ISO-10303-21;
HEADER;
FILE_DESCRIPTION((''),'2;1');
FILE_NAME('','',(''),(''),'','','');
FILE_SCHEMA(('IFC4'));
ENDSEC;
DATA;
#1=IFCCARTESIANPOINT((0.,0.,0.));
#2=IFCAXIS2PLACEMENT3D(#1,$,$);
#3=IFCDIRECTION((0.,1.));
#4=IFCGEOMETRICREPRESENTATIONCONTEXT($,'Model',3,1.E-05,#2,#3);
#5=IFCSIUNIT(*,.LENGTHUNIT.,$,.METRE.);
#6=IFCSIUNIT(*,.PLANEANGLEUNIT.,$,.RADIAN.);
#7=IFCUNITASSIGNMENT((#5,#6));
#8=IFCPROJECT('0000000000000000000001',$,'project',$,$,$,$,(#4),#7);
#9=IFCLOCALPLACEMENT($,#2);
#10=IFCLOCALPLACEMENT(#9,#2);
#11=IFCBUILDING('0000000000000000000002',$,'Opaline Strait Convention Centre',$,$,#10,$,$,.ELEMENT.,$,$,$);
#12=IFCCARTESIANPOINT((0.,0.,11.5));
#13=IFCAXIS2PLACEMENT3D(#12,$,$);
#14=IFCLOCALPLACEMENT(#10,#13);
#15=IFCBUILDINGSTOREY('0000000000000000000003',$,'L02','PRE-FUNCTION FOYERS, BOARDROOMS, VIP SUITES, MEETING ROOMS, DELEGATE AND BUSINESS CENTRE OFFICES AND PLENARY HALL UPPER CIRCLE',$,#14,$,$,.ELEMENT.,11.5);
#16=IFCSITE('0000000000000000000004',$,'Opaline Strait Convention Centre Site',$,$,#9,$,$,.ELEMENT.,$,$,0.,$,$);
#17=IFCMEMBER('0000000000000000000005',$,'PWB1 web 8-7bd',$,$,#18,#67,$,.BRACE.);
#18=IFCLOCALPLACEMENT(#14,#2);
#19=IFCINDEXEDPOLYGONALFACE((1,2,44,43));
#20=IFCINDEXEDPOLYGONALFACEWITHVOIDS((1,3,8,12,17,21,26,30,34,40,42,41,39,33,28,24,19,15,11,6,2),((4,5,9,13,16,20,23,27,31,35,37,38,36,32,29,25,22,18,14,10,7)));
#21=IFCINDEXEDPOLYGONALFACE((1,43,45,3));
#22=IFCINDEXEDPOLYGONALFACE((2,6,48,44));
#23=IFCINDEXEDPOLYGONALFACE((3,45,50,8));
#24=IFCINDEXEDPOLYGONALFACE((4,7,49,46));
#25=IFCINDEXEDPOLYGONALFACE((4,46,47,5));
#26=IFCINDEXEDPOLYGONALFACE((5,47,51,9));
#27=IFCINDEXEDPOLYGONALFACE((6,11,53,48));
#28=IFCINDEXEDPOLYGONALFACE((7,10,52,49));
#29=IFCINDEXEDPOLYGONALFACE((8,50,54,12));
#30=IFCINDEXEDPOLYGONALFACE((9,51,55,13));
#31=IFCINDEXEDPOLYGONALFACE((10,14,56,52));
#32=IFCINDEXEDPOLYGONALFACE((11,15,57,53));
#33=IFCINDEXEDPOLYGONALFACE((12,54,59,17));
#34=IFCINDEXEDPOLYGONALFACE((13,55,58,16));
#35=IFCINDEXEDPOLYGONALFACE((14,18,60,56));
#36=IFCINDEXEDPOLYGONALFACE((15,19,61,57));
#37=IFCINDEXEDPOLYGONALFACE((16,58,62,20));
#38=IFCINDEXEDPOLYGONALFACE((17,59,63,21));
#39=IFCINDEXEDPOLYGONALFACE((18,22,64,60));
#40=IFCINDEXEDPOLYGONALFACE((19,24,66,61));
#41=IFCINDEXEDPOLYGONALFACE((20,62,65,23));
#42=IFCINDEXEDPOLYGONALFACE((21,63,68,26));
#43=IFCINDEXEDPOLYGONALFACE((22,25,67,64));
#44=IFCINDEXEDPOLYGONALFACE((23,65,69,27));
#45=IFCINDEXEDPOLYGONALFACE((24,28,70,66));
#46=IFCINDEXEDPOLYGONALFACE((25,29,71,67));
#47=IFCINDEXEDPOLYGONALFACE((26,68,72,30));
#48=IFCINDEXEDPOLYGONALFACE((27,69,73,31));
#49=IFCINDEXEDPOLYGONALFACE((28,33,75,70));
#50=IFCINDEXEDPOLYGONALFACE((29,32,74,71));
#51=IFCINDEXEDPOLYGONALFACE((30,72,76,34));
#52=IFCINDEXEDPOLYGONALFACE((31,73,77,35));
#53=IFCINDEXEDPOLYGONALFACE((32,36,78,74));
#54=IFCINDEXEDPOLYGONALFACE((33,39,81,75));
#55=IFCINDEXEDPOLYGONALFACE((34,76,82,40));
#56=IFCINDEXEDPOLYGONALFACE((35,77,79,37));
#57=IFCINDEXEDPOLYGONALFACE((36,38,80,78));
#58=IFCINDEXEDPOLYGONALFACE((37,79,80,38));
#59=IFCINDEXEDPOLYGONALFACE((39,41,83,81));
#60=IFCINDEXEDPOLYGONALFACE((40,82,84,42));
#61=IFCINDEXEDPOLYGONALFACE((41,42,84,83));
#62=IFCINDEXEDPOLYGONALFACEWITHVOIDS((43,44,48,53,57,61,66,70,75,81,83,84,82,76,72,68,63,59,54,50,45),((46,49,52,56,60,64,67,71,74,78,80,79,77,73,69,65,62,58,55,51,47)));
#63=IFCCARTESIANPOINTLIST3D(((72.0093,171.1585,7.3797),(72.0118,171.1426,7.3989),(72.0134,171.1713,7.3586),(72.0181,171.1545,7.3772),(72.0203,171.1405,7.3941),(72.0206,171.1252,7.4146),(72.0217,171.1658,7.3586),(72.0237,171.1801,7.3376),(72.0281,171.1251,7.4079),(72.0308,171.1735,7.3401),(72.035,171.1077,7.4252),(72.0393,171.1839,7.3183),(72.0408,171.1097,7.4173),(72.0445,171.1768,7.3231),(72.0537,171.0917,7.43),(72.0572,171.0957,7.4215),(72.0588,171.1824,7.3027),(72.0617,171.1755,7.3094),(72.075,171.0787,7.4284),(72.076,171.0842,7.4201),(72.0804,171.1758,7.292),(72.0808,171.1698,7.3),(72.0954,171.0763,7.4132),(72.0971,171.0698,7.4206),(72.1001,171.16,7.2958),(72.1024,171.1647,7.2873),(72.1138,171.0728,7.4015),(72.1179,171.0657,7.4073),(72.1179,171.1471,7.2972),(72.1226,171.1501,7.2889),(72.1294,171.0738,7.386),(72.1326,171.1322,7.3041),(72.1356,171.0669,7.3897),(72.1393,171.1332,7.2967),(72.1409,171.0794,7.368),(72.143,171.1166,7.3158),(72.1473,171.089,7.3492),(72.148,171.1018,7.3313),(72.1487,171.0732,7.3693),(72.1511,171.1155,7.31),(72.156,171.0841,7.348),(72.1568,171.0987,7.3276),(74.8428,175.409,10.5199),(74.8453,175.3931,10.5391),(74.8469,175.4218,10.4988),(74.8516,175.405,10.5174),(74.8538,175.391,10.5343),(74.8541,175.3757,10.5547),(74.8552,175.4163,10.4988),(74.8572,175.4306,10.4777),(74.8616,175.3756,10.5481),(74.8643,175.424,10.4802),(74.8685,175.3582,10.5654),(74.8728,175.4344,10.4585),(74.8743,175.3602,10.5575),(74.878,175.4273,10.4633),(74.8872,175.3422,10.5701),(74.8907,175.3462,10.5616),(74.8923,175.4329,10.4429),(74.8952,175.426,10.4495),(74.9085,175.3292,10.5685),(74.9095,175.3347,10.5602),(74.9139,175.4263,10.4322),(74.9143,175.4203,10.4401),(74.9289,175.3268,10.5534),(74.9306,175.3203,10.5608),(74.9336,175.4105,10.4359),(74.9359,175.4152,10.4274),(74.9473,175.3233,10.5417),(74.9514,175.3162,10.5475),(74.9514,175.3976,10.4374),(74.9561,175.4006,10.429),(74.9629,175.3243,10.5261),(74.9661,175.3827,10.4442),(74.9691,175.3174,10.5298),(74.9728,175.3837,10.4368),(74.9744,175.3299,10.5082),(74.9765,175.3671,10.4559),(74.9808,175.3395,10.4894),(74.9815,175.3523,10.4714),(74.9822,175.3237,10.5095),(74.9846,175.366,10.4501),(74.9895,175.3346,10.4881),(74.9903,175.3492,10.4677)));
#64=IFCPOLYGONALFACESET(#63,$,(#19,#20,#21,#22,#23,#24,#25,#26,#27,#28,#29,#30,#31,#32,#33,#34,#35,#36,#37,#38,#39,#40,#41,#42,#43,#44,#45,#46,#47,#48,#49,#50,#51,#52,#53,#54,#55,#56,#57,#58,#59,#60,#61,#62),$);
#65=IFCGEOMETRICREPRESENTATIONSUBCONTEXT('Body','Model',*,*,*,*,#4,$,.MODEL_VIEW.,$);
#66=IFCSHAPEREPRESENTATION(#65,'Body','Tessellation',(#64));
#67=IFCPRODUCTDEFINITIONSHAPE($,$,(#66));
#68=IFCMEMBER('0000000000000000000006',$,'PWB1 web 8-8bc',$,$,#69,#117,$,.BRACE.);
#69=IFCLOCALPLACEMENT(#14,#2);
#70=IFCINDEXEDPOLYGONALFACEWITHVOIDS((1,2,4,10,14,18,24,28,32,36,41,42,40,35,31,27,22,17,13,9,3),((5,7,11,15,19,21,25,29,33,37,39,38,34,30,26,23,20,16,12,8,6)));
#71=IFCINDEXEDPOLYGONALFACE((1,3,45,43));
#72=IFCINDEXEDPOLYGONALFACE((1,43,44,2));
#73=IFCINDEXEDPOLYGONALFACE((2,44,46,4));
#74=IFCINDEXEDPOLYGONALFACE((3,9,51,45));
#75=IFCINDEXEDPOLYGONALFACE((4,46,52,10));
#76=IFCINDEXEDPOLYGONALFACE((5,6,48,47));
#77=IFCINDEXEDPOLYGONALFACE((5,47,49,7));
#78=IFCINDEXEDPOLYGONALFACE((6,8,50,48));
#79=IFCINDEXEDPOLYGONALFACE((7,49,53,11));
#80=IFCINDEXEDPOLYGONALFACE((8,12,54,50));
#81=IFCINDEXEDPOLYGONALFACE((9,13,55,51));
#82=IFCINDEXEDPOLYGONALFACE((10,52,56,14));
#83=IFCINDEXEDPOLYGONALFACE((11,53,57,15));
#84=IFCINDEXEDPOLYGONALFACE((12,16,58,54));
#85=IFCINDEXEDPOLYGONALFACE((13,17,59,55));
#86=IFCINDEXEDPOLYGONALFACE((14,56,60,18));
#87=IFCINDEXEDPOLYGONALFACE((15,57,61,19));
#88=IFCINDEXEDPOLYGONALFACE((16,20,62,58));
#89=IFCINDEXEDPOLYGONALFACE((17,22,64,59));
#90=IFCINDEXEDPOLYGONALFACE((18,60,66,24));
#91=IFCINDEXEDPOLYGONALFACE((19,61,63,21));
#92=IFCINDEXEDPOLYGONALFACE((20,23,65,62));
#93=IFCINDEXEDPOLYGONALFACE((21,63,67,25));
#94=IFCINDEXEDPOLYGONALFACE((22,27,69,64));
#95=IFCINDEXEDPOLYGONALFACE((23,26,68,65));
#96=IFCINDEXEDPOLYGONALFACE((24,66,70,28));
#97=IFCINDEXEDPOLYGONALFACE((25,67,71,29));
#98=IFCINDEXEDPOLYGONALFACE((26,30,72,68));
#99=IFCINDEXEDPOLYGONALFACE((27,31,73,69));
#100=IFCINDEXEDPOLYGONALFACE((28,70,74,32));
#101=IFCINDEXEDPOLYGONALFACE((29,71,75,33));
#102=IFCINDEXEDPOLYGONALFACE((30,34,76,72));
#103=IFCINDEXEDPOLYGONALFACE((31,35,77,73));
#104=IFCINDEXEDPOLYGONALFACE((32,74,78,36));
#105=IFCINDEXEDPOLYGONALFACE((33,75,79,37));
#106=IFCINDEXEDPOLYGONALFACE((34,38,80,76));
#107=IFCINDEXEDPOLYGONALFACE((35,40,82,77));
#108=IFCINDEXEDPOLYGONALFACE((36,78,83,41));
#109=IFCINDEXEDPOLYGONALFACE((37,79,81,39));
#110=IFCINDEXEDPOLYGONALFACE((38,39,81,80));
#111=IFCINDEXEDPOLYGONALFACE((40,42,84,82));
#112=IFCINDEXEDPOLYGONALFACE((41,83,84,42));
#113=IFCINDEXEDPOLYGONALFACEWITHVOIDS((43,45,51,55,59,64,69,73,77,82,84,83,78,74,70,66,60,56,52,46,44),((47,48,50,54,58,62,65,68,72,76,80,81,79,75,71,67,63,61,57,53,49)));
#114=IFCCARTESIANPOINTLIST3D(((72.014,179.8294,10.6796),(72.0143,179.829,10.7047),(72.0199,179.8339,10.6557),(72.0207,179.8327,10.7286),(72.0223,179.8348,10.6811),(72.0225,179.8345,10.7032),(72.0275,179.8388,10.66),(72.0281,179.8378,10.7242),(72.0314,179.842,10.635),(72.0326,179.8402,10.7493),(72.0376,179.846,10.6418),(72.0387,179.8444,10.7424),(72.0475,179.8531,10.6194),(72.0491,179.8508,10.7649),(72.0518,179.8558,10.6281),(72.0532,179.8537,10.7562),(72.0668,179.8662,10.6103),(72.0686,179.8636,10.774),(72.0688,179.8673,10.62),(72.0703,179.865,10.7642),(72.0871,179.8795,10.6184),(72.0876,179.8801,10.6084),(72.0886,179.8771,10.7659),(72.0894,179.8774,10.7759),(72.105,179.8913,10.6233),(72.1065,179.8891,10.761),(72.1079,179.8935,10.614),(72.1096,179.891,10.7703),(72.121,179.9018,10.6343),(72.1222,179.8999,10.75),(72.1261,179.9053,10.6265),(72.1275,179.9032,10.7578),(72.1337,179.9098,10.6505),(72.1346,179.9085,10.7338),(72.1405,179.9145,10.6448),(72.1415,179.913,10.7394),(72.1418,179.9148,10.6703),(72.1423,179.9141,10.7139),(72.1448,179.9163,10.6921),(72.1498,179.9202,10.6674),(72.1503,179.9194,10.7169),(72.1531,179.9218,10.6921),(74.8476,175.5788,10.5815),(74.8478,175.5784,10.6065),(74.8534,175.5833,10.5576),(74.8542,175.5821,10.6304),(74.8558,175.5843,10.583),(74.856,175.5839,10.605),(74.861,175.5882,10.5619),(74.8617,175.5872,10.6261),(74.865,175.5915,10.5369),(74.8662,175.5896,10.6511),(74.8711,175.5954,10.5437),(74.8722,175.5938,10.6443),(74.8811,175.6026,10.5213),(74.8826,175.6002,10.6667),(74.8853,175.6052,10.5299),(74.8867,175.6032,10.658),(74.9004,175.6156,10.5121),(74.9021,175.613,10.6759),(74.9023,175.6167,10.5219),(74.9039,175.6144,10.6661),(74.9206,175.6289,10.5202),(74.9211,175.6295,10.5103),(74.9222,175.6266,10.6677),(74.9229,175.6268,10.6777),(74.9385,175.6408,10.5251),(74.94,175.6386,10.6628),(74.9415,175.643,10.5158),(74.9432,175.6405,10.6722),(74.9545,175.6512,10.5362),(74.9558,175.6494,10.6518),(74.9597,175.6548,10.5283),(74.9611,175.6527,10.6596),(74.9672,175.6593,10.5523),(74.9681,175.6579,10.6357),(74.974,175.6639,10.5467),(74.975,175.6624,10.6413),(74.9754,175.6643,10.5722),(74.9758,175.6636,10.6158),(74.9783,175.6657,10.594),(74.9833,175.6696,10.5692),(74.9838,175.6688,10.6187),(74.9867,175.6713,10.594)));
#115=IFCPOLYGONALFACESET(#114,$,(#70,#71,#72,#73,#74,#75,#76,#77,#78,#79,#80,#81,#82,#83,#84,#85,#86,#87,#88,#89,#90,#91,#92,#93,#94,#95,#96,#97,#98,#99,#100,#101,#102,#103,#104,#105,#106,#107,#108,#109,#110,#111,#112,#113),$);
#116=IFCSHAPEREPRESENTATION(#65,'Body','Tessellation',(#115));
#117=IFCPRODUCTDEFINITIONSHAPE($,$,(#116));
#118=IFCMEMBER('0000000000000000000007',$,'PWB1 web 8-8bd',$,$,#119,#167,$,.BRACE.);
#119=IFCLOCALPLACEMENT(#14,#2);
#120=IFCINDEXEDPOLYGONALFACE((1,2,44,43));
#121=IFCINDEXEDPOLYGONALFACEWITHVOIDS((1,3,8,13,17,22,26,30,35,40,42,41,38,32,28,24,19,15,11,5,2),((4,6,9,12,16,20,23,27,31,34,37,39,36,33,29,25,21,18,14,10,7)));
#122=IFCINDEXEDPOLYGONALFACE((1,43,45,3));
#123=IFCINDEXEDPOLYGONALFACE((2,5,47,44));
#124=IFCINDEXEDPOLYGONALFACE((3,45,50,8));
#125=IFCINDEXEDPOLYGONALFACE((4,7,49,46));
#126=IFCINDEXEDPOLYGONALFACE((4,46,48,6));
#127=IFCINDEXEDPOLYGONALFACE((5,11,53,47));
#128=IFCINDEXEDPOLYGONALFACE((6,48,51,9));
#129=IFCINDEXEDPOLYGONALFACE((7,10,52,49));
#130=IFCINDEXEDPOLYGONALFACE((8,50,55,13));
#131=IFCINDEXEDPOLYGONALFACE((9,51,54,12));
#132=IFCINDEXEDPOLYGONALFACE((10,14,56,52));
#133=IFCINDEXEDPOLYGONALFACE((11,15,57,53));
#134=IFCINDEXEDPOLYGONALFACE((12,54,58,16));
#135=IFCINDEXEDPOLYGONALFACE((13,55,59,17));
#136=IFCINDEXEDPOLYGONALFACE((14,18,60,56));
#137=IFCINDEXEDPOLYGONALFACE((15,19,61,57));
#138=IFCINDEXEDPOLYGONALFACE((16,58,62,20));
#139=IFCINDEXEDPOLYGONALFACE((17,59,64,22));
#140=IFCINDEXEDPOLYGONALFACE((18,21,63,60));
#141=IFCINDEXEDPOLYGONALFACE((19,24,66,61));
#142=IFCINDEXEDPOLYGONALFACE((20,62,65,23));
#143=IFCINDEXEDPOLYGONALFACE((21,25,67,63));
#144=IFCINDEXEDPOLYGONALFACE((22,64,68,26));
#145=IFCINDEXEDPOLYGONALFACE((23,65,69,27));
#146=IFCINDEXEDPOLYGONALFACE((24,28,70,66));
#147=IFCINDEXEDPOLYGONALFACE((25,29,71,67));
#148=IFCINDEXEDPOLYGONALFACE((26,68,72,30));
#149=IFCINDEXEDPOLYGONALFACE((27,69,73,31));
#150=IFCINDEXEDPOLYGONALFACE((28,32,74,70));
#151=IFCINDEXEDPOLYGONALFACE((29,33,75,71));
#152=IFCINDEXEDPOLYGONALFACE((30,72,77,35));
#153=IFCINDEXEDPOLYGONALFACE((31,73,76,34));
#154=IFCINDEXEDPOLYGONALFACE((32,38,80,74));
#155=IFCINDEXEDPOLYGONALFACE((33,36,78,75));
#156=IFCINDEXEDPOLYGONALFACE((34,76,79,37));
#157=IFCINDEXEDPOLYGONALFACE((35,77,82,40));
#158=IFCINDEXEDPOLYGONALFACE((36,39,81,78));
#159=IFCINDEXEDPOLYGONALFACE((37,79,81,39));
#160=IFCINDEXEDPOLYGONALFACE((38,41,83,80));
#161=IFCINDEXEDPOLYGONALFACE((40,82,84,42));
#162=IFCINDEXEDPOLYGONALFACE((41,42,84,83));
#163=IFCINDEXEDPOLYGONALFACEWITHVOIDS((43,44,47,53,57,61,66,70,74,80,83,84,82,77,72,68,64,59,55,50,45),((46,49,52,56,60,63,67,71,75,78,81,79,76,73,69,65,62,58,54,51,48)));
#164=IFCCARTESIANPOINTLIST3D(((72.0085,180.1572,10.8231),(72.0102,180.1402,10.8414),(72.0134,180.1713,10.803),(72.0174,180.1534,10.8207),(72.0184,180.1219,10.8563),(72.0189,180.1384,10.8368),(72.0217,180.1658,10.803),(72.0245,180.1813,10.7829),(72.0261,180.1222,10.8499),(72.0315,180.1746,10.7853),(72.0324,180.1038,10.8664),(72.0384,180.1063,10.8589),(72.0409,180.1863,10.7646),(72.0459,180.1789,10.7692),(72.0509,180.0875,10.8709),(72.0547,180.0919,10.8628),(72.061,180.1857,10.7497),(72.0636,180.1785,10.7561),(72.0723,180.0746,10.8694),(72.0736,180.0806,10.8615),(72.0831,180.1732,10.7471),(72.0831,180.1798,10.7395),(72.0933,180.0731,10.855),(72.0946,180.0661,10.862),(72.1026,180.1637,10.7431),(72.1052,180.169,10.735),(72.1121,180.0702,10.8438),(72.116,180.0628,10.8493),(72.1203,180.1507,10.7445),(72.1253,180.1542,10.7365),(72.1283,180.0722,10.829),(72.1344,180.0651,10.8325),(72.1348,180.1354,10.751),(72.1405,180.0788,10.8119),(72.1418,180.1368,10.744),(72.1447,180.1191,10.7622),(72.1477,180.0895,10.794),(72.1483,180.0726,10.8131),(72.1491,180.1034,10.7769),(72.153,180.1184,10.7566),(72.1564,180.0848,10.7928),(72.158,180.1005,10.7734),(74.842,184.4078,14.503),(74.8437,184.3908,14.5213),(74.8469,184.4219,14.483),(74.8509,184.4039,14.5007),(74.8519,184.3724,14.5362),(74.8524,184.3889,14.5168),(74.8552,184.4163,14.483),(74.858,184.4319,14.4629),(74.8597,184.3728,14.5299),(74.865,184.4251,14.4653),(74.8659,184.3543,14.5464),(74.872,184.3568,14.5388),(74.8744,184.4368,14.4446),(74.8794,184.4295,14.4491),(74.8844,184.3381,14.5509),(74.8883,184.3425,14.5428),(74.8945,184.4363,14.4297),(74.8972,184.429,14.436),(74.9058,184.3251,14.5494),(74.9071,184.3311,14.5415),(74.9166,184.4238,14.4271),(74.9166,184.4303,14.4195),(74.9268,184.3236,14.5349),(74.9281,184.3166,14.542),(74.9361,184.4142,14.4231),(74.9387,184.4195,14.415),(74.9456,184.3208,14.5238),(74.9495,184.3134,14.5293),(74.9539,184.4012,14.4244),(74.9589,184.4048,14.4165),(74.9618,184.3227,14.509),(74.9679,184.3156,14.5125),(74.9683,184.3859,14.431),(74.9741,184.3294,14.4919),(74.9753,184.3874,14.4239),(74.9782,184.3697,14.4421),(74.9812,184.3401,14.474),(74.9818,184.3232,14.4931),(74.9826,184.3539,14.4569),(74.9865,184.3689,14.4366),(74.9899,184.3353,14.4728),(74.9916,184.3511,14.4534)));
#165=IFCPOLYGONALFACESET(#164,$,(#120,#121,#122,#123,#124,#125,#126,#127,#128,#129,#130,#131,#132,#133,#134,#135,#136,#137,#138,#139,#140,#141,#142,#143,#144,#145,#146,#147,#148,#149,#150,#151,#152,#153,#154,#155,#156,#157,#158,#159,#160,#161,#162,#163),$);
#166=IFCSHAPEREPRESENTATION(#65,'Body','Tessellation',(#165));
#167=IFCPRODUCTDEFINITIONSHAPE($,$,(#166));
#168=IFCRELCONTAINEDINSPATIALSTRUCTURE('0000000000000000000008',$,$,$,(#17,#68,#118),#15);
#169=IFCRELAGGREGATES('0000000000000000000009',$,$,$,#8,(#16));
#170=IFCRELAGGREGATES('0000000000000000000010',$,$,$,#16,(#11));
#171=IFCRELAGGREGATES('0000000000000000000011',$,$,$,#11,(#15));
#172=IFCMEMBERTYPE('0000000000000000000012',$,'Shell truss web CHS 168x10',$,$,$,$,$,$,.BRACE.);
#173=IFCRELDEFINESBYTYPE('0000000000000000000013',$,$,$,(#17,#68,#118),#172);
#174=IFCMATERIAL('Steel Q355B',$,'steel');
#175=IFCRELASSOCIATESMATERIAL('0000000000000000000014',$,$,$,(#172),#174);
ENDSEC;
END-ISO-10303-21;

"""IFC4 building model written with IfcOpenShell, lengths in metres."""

from ifc_helpers import new_model, si_unit, direction, frame, origin, origin_2d, place, context, subcontext, project, spatial, hollow_circle, extrude, material, material_profile, profile_set, type_object, element, save


model = new_model("IFC4")

# Units and contexts
model_context = context("Model", 3, precision=1e-05, world=origin(), true_north=direction((0.0, 1.0)))
body_context = subcontext(model_context, "Body", "Model", "MODEL_VIEW")
ifc_project = project(units=[si_unit("LENGTHUNIT", "METRE"), si_unit("PLANEANGLEUNIT", "RADIAN")], contexts=[model_context])

# Site, building, storey
site_placement = place(None, origin())
site = spatial("IfcSite", under=ifc_project, at=site_placement, Name="Opaline Strait Convention Centre Site", CompositionType="ELEMENT", RefElevation=0.0)
building_placement = place(site_placement, origin())
building = spatial("IfcBuilding", under=site, at=building_placement, Name="Opaline Strait Convention Centre", CompositionType="ELEMENT")
storey_placement = place(building_placement, frame((0.0, 0.0, 11.5)))
storey = spatial("IfcBuildingStorey", under=building, at=storey_placement, Name="L02", Description="PRE-FUNCTION FOYERS, BOARDROOMS, VIP SUITES, MEETING ROOMS, DELEGATE AND BUSINESS CENTRE OFFICES AND PLENARY HALL UPPER CIRCLE", CompositionType="ELEMENT", Elevation=11.5)

# Members
ifc_material_1 = material(Name="Steel Q355B", Category="steel")
ifc_material_profile_1 = material_profile(ifc_material_1, hollow_circle(Radius=0.084, WallThickness=0.01, at=origin_2d()), Name="CHS 168x10")
ifc_profile_set_1 = profile_set([ifc_material_profile_1], Name="Steel Q355B")
member_type_1 = type_object("IfcMemberType", Name="Shell truss web CHS 168x10", PredefinedType="BRACE", material=ifc_profile_set_1)
member_1_placement = place(storey_placement, frame((72.0833, 171.1248, 7.3586), z_axis=(0.472539, 0.70885, 0.523678), x_axis=(-0.832065, 0.554678, 0.0)))
element("IfcMember", 1, at=member_1_placement, inside=storey, type_object=member_type_1, Name="PWB1 web 8-7bd", PredefinedType="BRACE", context=body_context, shape_type="SweptSolid", body=[
    extrude(hollow_circle(Radius=0.084, WallThickness=0.01, at=origin_2d()), origin(), (0.0, 0.0, 1.0), 5.9963),
])
member_2_placement = place(storey_placement, frame((72.0833, 179.8752, 10.6921), z_axis=(0.554576, -0.831911, -0.019209), x_axis=(0.832065, 0.554678, 0.0)))
element("IfcMember", 2, at=member_2_placement, inside=storey, type_object=member_type_1, Name="PWB1 web 8-8bc", PredefinedType="BRACE", context=body_context, shape_type="SweptSolid", body=[
    extrude(hollow_circle(Radius=0.084, WallThickness=0.01, at=origin_2d()), origin(), (0.0, 0.0, 1.0), 5.1094),
])
member_3_placement = place(storey_placement, frame((72.0833, 180.1248, 10.803), z_axis=(0.45006, 0.675129, 0.584505), x_axis=(-0.832065, 0.554678, 0.0)))
element("IfcMember", 3, at=member_3_placement, inside=storey, type_object=member_type_1, Name="PWB1 web 8-8bd", PredefinedType="BRACE", context=body_context, shape_type="SweptSolid", body=[
    extrude(hollow_circle(Radius=0.084, WallThickness=0.01, at=origin_2d()), origin(), (0.0, 0.0, 1.0), 6.2959),
])

save(model, "model.ifc")
